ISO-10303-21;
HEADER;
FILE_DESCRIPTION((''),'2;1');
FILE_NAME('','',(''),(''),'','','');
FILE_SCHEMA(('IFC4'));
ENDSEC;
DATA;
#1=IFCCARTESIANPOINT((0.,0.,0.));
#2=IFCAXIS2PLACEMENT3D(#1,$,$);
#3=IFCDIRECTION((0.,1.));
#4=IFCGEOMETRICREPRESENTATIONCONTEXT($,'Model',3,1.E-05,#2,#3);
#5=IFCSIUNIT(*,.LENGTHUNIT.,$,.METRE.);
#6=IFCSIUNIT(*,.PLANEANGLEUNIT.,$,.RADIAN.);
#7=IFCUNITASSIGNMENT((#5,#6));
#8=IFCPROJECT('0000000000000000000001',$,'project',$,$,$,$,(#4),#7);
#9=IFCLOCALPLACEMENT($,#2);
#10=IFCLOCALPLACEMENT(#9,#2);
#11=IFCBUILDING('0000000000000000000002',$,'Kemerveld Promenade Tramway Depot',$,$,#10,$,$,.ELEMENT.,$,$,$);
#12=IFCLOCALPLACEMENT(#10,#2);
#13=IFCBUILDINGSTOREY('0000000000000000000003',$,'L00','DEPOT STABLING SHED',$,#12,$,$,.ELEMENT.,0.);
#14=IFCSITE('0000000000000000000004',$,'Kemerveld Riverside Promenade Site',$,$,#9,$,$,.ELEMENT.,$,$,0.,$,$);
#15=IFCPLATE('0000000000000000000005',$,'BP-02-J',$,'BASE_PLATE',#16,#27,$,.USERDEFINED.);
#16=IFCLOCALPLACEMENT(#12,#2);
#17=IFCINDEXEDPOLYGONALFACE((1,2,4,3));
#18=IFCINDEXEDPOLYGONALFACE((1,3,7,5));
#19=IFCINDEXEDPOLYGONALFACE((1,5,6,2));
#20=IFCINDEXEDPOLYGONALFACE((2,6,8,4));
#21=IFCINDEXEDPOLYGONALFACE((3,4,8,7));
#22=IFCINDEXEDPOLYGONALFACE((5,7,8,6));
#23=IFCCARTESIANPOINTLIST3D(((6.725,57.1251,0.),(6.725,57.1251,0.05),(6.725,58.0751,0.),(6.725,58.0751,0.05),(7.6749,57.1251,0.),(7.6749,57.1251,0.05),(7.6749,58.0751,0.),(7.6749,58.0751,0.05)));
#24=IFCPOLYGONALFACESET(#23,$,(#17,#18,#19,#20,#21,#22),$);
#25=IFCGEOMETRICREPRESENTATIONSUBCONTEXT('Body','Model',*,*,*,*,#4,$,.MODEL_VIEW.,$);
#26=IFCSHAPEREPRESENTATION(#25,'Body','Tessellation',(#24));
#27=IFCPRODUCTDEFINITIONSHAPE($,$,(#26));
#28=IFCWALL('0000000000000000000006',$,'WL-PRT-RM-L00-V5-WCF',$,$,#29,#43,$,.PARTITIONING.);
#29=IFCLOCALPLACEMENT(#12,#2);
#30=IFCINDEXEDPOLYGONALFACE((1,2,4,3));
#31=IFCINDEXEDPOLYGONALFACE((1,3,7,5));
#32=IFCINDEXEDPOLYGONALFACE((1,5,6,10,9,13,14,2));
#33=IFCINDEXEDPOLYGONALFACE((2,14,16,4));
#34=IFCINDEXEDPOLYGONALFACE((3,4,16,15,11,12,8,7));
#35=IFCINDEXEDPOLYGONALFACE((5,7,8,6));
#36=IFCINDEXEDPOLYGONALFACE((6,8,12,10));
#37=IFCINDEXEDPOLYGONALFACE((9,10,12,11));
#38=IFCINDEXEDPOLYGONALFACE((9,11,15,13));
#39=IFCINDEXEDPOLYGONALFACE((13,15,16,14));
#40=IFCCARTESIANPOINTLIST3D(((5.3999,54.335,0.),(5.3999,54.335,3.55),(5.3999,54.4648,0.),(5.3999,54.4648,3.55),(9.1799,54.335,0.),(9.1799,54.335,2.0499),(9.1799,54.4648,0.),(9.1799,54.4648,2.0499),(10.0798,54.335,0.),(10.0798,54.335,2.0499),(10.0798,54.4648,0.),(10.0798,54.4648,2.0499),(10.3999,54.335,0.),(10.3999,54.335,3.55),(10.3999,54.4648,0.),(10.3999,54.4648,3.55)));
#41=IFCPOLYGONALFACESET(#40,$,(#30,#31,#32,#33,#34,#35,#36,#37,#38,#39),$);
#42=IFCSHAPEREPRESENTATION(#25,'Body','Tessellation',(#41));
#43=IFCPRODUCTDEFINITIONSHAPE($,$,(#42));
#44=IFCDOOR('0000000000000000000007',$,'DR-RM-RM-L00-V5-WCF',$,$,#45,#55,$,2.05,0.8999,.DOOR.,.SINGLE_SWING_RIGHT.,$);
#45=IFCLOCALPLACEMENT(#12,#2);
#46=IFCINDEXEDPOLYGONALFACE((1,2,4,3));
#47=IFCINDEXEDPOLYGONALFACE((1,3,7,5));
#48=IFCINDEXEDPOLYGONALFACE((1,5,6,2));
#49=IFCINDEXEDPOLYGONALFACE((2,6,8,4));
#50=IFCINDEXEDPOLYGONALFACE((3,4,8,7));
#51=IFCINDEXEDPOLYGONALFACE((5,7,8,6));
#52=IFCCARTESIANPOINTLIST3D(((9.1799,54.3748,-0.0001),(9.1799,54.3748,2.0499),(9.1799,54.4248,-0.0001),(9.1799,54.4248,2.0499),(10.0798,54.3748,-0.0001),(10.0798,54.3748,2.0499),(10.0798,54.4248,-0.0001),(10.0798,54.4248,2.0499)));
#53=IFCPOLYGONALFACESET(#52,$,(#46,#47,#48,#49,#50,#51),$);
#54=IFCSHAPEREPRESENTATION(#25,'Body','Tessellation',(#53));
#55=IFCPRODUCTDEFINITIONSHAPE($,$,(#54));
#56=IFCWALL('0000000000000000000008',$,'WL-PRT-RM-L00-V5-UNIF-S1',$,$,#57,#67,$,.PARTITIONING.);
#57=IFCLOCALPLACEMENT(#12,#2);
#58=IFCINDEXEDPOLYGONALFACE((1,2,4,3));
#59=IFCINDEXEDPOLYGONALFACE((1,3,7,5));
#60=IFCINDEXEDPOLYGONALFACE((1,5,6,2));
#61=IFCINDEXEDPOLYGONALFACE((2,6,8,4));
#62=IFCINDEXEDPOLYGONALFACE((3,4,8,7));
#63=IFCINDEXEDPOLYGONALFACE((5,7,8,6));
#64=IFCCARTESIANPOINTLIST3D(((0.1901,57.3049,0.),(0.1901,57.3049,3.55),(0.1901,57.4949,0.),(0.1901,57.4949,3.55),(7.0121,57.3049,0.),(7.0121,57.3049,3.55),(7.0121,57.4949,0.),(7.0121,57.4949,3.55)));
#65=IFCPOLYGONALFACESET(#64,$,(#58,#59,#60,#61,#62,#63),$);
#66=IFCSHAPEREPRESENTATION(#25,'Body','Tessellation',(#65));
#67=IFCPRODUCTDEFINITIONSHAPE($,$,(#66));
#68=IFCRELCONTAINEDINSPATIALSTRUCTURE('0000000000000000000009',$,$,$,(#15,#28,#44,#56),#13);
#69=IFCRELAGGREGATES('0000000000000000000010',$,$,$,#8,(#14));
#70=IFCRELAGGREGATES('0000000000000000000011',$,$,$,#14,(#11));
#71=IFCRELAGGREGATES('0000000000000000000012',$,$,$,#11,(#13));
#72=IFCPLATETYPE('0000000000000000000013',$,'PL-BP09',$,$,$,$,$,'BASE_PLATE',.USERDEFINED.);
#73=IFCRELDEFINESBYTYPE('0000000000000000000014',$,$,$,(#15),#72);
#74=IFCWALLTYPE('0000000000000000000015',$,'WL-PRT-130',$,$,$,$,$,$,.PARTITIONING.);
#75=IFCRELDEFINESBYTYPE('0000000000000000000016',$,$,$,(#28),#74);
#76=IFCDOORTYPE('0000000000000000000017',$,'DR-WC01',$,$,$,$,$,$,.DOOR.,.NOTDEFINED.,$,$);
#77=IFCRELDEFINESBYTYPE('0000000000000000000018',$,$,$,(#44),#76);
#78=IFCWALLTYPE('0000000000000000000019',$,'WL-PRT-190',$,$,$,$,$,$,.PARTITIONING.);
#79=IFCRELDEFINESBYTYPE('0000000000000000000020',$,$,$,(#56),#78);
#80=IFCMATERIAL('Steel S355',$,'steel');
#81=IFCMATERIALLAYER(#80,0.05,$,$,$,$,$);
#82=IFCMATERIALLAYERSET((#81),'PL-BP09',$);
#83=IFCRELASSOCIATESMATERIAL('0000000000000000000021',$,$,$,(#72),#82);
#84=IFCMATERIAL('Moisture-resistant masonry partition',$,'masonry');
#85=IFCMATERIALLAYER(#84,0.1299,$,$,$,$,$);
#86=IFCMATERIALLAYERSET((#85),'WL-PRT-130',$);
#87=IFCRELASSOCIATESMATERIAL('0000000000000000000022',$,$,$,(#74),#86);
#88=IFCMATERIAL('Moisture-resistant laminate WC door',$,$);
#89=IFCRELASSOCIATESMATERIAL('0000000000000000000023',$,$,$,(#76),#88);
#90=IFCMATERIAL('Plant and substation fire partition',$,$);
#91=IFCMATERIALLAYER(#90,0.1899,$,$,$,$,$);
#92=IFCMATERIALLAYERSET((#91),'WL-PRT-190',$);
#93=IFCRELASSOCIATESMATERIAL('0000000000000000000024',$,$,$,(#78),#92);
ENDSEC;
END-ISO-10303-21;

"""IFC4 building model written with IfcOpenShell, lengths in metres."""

from ifc_helpers import new_model, si_unit, direction, frame, frame_2d, origin, origin_2d, place, context, subcontext, project, spatial, rectangle, extrude, material, layer, layer_set, type_object, element, fill, save


model = new_model("IFC4")

# Units and contexts
model_context = context("Model", 3, precision=1e-05, world=origin(), true_north=direction((0.0, 1.0)))
body_context = subcontext(model_context, "Body", "Model", "MODEL_VIEW")
ifc_project = project(units=[si_unit("LENGTHUNIT", "METRE"), si_unit("PLANEANGLEUNIT", "RADIAN")], contexts=[model_context])

# Site, building, storey
site_placement = place(None, origin())
site = spatial("IfcSite", under=ifc_project, at=site_placement, Name="Kemerveld Riverside Promenade Site", CompositionType="ELEMENT", RefElevation=0.0)
building_placement = place(site_placement, origin())
building = spatial("IfcBuilding", under=site, at=building_placement, Name="Kemerveld Promenade Tramway Depot", CompositionType="ELEMENT")
storey_placement = place(building_placement, origin())
storey = spatial("IfcBuildingStorey", under=building, at=storey_placement, Name="L00", Description="DEPOT STABLING SHED", CompositionType="ELEMENT", Elevation=0.0)

# Shared definitions
ifc_material_1 = material(Name="Steel S355", Category="steel")

# Plate
ifc_layer_1 = layer(ifc_material_1, 0.05)
ifc_layer_set_1 = layer_set([ifc_layer_1], Name="PL-BP09")
plate_type = type_object("IfcPlateType", Name="PL-BP09", ElementType="BASE_PLATE", PredefinedType="USERDEFINED", material=ifc_layer_set_1)
plate_placement = place(storey_placement, frame((7.2, 57.6001, 0.0), z_axis=(0.0, 0.0, 1.0), x_axis=(1.0, 0.0, 0.0)))
element("IfcPlate", 1, at=plate_placement, inside=storey, type_object=plate_type, Name="BP-02-J", ObjectType="BASE_PLATE", PredefinedType="USERDEFINED", context=body_context, shape_type="SweptSolid", body=[
    extrude(rectangle(XDim=0.95, YDim=0.95, at=origin_2d()), origin(), (0.0, 0.0, 1.0), 0.05),
])

# Wall, opening, door
ifc_material_2 = material(Name="Moisture-resistant masonry partition", Category="masonry")
ifc_layer_2 = layer(ifc_material_2, 0.1299)
ifc_layer_set_2 = layer_set([ifc_layer_2], Name="WL-PRT-130")
wall_type_1 = type_object("IfcWallType", Name="WL-PRT-130", PredefinedType="PARTITIONING", material=ifc_layer_set_2)
wall_1_placement = place(storey_placement, frame((5.3999, 54.3999, 0.0), z_axis=(0.0, 0.0, 1.0), x_axis=(1.0, 0.0, 0.0)))
wall_1 = element("IfcWall", 2, at=wall_1_placement, inside=storey, type_object=wall_type_1, Name="WL-PRT-RM-L00-V5-WCF", PredefinedType="PARTITIONING", context=body_context, shape_type="SweptSolid", body=[
    extrude(rectangle(XDim=5.0, YDim=0.1299, at=frame_2d((2.5, 0.0))), origin(), (0.0, 0.0, 1.0), 3.55),
])
opening_placement = place(wall_1_placement, frame((3.78, 0.0, 0.0)))
opening = element("IfcOpeningElement", 3, at=opening_placement, cuts=wall_1, PredefinedType="OPENING", context=body_context, shape_type="SweptSolid", body=[
    extrude(rectangle(XDim=0.8999, YDim=2.05, at=frame_2d((0.45, 1.0249))), frame((0.0, 0.075, 0.0), z_axis=(0.0, -1.0, 0.0), x_axis=(1.0, 0.0, 0.0)), (0.0, 0.0, 1.0), 0.1499),
])
ifc_material_3 = material(Name="Moisture-resistant laminate WC door")
door_type = type_object("IfcDoorType", Name="DR-WC01", OperationType="NOTDEFINED", PredefinedType="DOOR", material=ifc_material_3)
door_placement = place(opening_placement, origin())
door = element("IfcDoor", 4, at=door_placement, inside=storey, type_object=door_type, Name="DR-RM-RM-L00-V5-WCF", OperationType="SINGLE_SWING_RIGHT", OverallHeight=2.05, OverallWidth=0.8999, PredefinedType="DOOR", context=body_context, shape_type="SweptSolid", body=[
    extrude(rectangle(XDim=0.8999, YDim=2.05, at=frame_2d((0.45, 1.0249))), frame((0.0, 0.0249, 0.0), z_axis=(0.0, -1.0, 0.0), x_axis=(1.0, 0.0, 0.0)), (0.0, 0.0, 1.0), 0.05),
])
fill(opening, door)

# Wall
ifc_material_4 = material(Name="Plant and substation fire partition")
ifc_layer_3 = layer(ifc_material_4, 0.1899)
ifc_layer_set_3 = layer_set([ifc_layer_3], Name="WL-PRT-190")
wall_type_2 = type_object("IfcWallType", Name="WL-PRT-190", PredefinedType="PARTITIONING", material=ifc_layer_set_3)
wall_2_placement = place(storey_placement, frame((0.1899, 57.3999, 0.0), z_axis=(0.0, 0.0, 1.0), x_axis=(1.0, 0.0, 0.0)))
element("IfcWall", 5, at=wall_2_placement, inside=storey, type_object=wall_type_2, Name="WL-PRT-RM-L00-V5-UNIF-S1", PredefinedType="PARTITIONING", context=body_context, shape_type="SweptSolid", body=[
    extrude(rectangle(XDim=6.822, YDim=0.1899, at=frame_2d((3.4111, 0.0))), origin(), (0.0, 0.0, 1.0), 3.55),
])

save(model, "model.ifc")
